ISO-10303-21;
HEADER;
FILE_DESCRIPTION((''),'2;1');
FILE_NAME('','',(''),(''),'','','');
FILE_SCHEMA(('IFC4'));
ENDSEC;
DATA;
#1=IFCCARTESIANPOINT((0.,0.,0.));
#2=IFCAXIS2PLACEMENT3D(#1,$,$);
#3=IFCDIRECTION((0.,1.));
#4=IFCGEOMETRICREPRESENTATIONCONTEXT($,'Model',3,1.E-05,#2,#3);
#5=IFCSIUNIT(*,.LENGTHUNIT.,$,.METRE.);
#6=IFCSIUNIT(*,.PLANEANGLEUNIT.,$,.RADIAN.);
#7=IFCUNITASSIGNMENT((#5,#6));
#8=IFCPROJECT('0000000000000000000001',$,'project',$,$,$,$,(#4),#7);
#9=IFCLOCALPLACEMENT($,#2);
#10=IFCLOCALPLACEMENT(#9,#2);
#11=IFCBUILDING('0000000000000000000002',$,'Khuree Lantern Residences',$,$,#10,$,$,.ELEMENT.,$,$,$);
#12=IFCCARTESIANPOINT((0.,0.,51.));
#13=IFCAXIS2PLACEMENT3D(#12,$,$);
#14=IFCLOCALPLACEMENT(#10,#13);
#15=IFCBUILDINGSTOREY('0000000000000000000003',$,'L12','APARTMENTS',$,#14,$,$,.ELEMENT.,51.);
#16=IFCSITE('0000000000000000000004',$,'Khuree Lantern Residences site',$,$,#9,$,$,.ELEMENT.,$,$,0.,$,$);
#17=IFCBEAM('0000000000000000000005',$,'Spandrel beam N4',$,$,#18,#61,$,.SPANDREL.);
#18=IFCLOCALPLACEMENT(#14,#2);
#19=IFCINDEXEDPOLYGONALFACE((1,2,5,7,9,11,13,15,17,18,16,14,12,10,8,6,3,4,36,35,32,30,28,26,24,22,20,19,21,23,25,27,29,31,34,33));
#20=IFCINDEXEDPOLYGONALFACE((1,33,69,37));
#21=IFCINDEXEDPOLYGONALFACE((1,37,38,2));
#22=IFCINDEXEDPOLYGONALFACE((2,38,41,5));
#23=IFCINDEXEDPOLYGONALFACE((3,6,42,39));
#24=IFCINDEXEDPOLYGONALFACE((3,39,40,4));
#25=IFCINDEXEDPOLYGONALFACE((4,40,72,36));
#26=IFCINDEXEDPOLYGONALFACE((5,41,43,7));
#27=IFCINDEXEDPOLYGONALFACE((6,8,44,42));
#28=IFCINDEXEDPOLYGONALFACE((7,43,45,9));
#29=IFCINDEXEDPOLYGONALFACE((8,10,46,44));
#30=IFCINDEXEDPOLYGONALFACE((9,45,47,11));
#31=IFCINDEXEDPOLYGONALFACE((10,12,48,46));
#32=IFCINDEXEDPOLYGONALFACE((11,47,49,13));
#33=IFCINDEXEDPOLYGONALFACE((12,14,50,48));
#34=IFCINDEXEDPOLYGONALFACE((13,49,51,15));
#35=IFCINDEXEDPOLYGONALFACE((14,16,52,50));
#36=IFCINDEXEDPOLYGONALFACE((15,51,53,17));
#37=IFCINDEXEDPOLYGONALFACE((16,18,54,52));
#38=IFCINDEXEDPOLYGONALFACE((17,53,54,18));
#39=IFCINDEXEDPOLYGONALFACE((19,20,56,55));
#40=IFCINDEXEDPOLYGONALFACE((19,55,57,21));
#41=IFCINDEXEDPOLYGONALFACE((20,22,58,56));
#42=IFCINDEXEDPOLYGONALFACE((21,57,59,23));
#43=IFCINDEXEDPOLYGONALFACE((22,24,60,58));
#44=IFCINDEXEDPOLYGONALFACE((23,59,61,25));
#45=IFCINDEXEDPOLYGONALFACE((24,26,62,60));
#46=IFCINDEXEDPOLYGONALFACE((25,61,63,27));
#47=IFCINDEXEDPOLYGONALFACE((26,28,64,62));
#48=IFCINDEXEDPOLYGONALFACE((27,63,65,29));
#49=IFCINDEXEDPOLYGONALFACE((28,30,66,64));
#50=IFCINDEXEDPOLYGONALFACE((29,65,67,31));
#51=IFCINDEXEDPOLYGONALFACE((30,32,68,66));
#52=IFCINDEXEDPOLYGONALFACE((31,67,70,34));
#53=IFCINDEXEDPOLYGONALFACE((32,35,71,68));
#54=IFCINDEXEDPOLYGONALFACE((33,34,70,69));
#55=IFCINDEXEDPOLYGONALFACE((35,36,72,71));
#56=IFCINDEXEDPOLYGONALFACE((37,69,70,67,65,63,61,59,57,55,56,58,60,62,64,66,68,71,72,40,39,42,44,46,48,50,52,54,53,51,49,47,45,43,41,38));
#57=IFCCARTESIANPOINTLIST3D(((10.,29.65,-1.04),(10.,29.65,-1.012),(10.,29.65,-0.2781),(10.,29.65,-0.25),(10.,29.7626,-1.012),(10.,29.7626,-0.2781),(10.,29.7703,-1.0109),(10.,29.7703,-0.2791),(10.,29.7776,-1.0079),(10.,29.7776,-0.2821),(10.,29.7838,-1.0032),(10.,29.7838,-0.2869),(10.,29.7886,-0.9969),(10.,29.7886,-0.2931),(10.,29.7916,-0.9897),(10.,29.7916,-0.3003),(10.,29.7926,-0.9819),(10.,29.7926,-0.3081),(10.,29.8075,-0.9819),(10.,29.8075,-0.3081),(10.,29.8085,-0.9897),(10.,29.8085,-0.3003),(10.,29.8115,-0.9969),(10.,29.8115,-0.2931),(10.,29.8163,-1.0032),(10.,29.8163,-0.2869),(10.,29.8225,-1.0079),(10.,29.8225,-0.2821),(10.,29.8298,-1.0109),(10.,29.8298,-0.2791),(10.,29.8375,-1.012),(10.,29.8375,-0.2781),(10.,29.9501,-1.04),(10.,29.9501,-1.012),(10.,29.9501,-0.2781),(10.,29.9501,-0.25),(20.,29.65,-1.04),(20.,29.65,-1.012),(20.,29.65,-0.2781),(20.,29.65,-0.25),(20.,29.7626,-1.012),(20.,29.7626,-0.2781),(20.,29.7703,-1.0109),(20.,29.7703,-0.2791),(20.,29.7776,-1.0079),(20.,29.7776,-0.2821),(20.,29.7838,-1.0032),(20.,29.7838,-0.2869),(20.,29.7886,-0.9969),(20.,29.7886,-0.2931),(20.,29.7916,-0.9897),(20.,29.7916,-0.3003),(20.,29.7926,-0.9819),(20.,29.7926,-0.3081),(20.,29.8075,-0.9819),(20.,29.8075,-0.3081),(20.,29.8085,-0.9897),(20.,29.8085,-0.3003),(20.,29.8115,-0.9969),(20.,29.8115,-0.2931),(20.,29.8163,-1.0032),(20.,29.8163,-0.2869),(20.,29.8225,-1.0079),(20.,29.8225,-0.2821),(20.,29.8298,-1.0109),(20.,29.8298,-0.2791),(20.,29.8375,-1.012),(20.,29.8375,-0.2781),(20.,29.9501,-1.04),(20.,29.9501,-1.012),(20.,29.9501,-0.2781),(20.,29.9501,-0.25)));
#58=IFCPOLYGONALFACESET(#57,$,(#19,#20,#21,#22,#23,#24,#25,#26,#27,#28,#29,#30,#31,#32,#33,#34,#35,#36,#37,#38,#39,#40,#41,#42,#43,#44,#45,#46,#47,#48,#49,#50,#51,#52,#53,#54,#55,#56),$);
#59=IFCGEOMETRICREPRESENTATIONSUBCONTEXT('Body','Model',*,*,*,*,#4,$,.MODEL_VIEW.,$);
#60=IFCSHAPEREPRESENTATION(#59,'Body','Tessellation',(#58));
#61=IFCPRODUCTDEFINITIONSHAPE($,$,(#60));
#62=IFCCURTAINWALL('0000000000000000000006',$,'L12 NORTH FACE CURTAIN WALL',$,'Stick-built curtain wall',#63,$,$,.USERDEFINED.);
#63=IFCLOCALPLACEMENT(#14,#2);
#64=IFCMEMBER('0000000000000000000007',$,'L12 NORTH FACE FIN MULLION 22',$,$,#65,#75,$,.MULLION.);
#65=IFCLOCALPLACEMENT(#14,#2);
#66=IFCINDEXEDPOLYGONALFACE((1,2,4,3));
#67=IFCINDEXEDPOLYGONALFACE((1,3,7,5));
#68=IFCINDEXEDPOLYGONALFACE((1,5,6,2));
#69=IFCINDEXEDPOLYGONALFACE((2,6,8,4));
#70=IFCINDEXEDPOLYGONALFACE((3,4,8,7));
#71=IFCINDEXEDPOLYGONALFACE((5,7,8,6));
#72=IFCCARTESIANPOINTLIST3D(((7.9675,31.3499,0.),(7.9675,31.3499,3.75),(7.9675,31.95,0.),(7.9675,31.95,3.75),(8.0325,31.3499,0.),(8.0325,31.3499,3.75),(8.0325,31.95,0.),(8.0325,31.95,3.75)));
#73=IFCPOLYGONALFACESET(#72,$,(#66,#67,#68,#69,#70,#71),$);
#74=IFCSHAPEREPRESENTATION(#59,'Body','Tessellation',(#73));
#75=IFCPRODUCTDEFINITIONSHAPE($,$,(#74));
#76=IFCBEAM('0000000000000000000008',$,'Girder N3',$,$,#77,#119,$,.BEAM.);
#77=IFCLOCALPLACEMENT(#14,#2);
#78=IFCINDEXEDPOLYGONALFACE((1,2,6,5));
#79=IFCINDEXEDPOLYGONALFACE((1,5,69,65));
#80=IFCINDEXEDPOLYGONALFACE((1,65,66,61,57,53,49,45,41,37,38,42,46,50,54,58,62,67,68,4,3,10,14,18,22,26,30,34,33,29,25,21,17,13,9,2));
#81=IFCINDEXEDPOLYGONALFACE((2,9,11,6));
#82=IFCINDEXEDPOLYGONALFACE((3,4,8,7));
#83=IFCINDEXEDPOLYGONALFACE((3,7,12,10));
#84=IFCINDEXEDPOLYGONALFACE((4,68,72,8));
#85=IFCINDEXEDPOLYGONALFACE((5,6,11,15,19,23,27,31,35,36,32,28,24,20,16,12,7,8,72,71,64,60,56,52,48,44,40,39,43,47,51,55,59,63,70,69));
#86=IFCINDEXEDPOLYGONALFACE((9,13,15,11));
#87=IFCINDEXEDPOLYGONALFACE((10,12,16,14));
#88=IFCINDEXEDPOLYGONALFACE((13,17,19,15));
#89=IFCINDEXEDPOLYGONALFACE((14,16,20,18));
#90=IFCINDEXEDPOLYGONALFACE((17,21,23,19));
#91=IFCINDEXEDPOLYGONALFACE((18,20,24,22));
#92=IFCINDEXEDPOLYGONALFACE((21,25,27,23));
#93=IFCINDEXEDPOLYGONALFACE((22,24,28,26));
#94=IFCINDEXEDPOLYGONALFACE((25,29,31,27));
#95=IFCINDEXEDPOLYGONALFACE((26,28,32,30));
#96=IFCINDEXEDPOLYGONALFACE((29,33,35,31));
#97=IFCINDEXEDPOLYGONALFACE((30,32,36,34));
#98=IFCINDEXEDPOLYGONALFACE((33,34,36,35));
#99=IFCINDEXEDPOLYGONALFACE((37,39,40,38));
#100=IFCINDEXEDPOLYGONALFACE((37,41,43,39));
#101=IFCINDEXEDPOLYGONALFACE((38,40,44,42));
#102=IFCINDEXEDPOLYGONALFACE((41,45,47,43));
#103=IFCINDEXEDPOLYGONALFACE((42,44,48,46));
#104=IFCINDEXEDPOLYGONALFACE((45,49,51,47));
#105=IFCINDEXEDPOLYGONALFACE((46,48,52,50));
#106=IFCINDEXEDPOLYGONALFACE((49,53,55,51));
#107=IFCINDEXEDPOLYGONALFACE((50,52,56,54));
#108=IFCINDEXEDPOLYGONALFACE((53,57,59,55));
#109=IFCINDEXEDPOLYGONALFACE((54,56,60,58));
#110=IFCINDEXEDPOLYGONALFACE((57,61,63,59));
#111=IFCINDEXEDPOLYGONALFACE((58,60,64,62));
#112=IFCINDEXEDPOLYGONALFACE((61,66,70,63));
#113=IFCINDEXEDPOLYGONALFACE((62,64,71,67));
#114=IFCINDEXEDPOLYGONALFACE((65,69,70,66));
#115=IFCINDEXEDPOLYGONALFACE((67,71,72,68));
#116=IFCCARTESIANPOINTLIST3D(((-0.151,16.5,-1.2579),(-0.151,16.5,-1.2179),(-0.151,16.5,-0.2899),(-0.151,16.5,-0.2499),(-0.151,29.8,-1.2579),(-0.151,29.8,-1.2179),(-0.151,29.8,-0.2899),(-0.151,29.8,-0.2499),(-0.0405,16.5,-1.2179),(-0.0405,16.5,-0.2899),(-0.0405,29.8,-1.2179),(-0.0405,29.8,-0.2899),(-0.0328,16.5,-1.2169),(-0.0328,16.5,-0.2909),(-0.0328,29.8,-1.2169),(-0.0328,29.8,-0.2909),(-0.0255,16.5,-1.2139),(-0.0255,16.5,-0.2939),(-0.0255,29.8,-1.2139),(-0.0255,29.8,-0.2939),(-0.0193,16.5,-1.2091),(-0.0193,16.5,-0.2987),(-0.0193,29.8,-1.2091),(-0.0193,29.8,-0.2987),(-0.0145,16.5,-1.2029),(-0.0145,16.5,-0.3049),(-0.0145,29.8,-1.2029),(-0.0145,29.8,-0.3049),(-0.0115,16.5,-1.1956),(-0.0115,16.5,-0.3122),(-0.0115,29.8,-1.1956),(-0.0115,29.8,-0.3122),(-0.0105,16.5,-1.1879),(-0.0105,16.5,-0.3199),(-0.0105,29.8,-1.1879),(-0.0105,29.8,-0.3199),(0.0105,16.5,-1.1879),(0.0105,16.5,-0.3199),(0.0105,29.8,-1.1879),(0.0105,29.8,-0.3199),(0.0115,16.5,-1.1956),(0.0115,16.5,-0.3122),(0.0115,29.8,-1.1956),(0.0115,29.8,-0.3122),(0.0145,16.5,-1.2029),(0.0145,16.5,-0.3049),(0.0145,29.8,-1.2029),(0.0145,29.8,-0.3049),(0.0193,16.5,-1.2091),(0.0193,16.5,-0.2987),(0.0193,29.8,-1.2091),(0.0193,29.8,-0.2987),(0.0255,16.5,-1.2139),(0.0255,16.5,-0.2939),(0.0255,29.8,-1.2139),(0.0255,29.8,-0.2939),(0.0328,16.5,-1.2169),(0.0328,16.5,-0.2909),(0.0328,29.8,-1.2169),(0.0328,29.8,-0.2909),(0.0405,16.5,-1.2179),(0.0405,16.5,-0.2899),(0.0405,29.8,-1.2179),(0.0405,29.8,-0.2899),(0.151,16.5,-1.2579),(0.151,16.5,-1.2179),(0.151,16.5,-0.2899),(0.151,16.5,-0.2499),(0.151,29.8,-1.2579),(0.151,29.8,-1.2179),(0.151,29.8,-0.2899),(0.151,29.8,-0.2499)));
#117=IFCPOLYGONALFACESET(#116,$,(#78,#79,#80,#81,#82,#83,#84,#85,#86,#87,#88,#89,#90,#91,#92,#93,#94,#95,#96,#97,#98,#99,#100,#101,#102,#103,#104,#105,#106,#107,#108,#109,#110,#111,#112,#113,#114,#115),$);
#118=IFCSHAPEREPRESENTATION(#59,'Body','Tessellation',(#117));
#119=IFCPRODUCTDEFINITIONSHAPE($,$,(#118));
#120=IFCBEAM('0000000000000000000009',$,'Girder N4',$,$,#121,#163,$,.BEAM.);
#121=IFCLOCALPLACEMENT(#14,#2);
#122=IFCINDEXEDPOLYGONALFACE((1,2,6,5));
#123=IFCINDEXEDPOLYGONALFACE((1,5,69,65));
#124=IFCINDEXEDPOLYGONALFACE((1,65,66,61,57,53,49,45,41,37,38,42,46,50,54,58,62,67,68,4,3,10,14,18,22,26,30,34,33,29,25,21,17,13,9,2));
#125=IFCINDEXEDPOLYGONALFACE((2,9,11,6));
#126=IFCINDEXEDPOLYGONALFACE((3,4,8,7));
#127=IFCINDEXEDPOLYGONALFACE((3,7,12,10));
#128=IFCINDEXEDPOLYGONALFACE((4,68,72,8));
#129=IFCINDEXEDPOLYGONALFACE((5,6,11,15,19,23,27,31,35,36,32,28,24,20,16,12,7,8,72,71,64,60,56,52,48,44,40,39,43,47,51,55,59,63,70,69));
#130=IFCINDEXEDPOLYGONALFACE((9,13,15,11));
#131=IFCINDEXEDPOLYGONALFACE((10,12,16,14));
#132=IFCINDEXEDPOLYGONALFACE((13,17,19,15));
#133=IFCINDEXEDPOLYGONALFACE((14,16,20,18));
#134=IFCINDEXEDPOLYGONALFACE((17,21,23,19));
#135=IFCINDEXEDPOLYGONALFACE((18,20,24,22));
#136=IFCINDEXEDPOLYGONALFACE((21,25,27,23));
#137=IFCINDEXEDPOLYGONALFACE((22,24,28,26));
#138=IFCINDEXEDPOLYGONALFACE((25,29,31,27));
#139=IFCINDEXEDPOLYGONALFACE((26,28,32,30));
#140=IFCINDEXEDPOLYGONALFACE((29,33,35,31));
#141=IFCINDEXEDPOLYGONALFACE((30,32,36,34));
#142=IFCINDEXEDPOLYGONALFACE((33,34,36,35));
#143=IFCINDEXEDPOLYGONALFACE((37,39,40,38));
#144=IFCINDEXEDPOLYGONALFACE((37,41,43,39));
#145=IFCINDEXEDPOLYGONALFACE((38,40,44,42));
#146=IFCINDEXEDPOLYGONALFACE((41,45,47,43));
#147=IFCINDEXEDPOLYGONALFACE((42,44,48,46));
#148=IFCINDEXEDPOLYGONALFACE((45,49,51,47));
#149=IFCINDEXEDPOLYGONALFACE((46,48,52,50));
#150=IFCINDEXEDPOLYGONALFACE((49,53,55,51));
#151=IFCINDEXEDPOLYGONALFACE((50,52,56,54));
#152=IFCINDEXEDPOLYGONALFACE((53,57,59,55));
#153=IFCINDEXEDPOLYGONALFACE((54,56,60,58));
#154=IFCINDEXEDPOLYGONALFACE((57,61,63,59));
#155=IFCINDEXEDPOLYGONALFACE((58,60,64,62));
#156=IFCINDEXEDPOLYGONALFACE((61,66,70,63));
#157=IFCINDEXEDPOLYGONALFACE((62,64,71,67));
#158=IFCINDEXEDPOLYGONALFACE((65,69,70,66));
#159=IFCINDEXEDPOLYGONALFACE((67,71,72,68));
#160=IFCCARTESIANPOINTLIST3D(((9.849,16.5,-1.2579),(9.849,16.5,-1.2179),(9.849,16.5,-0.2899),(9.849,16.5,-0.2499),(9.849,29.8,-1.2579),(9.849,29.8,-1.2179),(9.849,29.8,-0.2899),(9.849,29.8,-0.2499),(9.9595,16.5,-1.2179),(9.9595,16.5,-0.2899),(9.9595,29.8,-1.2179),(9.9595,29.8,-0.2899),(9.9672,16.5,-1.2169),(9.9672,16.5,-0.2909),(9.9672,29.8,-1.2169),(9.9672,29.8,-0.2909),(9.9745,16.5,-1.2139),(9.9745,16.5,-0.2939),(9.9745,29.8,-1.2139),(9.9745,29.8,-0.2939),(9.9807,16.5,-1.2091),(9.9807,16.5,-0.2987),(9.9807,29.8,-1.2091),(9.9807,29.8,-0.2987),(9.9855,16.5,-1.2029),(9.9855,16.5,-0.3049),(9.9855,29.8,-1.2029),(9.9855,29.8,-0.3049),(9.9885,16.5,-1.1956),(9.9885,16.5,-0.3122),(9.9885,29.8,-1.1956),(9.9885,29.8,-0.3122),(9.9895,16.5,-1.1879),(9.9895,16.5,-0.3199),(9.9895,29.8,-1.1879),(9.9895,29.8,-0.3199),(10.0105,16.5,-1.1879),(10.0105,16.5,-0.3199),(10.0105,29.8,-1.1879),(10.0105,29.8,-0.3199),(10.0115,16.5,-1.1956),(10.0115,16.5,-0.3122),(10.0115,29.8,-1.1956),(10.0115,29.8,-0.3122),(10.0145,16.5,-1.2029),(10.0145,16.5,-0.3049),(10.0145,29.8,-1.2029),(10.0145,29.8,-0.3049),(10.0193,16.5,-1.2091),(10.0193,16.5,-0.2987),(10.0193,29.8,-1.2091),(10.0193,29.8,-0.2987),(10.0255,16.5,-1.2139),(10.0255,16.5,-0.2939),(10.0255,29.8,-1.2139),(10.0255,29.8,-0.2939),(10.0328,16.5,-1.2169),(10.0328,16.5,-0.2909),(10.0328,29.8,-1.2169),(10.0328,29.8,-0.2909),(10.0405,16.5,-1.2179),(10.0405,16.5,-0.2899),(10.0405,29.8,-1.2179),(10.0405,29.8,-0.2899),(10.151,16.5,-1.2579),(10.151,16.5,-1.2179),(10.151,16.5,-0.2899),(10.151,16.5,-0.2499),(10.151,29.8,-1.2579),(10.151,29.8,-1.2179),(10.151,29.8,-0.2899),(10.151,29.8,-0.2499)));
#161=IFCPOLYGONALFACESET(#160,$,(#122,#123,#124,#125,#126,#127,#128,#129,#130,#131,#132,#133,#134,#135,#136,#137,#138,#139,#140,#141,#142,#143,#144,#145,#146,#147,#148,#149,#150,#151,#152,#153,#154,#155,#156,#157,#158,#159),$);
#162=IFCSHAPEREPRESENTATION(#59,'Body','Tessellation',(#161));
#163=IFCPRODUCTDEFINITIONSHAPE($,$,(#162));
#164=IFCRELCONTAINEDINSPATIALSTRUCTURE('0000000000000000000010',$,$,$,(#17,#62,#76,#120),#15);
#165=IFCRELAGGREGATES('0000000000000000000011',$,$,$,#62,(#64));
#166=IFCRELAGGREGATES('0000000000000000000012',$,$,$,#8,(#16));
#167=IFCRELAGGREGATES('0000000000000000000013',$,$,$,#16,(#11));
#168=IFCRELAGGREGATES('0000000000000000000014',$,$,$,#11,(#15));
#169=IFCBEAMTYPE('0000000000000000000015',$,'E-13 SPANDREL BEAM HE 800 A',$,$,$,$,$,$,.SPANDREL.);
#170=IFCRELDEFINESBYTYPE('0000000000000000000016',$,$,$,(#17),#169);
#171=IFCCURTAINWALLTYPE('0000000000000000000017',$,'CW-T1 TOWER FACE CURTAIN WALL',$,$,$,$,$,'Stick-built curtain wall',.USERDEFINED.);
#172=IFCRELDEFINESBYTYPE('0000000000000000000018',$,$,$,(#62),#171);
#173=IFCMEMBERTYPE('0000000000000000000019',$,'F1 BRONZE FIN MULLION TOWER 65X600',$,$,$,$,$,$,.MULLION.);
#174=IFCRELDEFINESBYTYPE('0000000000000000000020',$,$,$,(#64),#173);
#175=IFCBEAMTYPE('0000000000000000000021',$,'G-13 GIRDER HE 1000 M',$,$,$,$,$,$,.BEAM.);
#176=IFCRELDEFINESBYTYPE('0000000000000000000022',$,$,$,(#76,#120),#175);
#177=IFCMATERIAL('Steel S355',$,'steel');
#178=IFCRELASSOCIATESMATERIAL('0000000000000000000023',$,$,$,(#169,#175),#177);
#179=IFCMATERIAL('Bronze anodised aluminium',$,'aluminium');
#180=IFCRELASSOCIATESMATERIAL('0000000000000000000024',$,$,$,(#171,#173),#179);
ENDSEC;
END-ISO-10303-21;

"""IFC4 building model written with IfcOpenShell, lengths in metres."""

from ifc_helpers import new_model, si_unit, direction, frame, origin, origin_2d, place, context, subcontext, project, spatial, rectangle, i_section, extrude, material, material_profile, profile_set, type_object, element, aggregate, save


model = new_model("IFC4")

# Units and contexts
model_context = context("Model", 3, precision=1e-05, world=origin(), true_north=direction((0.0, 1.0)))
body_context = subcontext(model_context, "Body", "Model", "MODEL_VIEW")
ifc_project = project(units=[si_unit("LENGTHUNIT", "METRE"), si_unit("PLANEANGLEUNIT", "RADIAN")], contexts=[model_context])

# Site, building, storey
site_placement = place(None, origin())
site = spatial("IfcSite", under=ifc_project, at=site_placement, Name="Khuree Lantern Residences site", CompositionType="ELEMENT", RefElevation=0.0)
building_placement = place(site_placement, origin())
building = spatial("IfcBuilding", under=site, at=building_placement, Name="Khuree Lantern Residences", CompositionType="ELEMENT")
storey_placement = place(building_placement, frame((0.0, 0.0, 51.0)))
storey = spatial("IfcBuildingStorey", under=building, at=storey_placement, Name="L12", Description="APARTMENTS", CompositionType="ELEMENT", Elevation=51.0)

# Beam
ifc_material_1 = material(Name="Steel S355", Category="steel")
ifc_material_profile_1 = material_profile(ifc_material_1, i_section(OverallWidth=0.3, OverallDepth=0.79, WebThickness=0.0149, FlangeThickness=0.0281, FilletRadius=0.03, at=origin_2d()), Name="HE 800 A")
ifc_profile_set_1 = profile_set([ifc_material_profile_1], Name="Steel S355")
beam_type_1 = type_object("IfcBeamType", Name="E-13 SPANDREL BEAM HE 800 A", PredefinedType="SPANDREL", material=ifc_profile_set_1)
for number, where, z_axis, x_axis, name in (
    (1, (10.0, 29.8, -0.645), (1.0, 0.0, 0.0), (0.0, 1.0, 0.0), "Spandrel beam N4"),
):
    element("IfcBeam", number, at=place(storey_placement, frame(where, z_axis=z_axis, x_axis=x_axis)), inside=storey, type_object=beam_type_1, Name=name, PredefinedType="SPANDREL", context=body_context, shape_type="SweptSolid", body=[
        extrude(i_section(OverallWidth=0.3, OverallDepth=0.79, WebThickness=0.0149, FlangeThickness=0.0281, FilletRadius=0.03, at=origin_2d()), origin(), (0.0, 0.0, 1.0), 10.0),
    ])

# Curtain wall, member
ifc_material_2 = material(Name="Bronze anodised aluminium", Category="aluminium")
curtain_wall_type = type_object("IfcCurtainWallType", Name="CW-T1 TOWER FACE CURTAIN WALL", ElementType="Stick-built curtain wall", PredefinedType="USERDEFINED", material=ifc_material_2)
curtain_wall_placement = place(storey_placement, origin())
curtain_wall = element("IfcCurtainWall", 2, at=curtain_wall_placement, inside=storey, type_object=curtain_wall_type, Name="L12 NORTH FACE CURTAIN WALL", ObjectType="Stick-built curtain wall", PredefinedType="USERDEFINED")
ifc_material_profile_2 = material_profile(ifc_material_2, rectangle(XDim=0.0649, YDim=0.6001, at=origin_2d()), Name="F1 65X600")
ifc_profile_set_2 = profile_set([ifc_material_profile_2], Name="Bronze anodised aluminium")
member_type_1 = type_object("IfcMemberType", Name="F1 BRONZE FIN MULLION TOWER 65X600", PredefinedType="MULLION", material=ifc_profile_set_2)
member_1_placement = place(storey_placement, frame((8.0, 31.6499, 0.0), z_axis=(0.0, 0.0, 1.0), x_axis=(-1.0, 0.0, 0.0)))
member_1 = element("IfcMember", 3, at=member_1_placement, type_object=member_type_1, Name="L12 NORTH FACE FIN MULLION 22", PredefinedType="MULLION", context=body_context, shape_type="SweptSolid", body=[
    extrude(rectangle(XDim=0.0649, YDim=0.6001, at=origin_2d()), origin(), (0.0, 0.0, 1.0), 3.75),
])

# Beams
ifc_material_profile_3 = material_profile(ifc_material_1, i_section(OverallWidth=0.302, OverallDepth=1.0081, WebThickness=0.021, FlangeThickness=0.04, FilletRadius=0.03, at=origin_2d()), Name="HE 1000 M")
ifc_profile_set_3 = profile_set([ifc_material_profile_3], Name="Steel S355")
beam_type_2 = type_object("IfcBeamType", Name="G-13 GIRDER HE 1000 M", PredefinedType="BEAM", material=ifc_profile_set_3)
for number, where, z_axis, x_axis, name in (
    (4, (0.0, 29.8, -0.7539), (0.0, -1.0, 0.0), (1.0, 0.0, 0.0), "Girder N3"),
    (5, (10.0, 29.8, -0.7539), (0.0, -1.0, 0.0), (1.0, 0.0, 0.0), "Girder N4"),
):
    element("IfcBeam", number, at=place(storey_placement, frame(where, z_axis=z_axis, x_axis=x_axis)), inside=storey, type_object=beam_type_2, Name=name, PredefinedType="BEAM", context=body_context, shape_type="SweptSolid", body=[
        extrude(i_section(OverallWidth=0.302, OverallDepth=1.0081, WebThickness=0.021, FlangeThickness=0.04, FilletRadius=0.03, at=origin_2d()), origin(), (0.0, 0.0, 1.0), 13.3),
    ])

aggregate(curtain_wall, [member_1])

save(model, "model.ifc")
